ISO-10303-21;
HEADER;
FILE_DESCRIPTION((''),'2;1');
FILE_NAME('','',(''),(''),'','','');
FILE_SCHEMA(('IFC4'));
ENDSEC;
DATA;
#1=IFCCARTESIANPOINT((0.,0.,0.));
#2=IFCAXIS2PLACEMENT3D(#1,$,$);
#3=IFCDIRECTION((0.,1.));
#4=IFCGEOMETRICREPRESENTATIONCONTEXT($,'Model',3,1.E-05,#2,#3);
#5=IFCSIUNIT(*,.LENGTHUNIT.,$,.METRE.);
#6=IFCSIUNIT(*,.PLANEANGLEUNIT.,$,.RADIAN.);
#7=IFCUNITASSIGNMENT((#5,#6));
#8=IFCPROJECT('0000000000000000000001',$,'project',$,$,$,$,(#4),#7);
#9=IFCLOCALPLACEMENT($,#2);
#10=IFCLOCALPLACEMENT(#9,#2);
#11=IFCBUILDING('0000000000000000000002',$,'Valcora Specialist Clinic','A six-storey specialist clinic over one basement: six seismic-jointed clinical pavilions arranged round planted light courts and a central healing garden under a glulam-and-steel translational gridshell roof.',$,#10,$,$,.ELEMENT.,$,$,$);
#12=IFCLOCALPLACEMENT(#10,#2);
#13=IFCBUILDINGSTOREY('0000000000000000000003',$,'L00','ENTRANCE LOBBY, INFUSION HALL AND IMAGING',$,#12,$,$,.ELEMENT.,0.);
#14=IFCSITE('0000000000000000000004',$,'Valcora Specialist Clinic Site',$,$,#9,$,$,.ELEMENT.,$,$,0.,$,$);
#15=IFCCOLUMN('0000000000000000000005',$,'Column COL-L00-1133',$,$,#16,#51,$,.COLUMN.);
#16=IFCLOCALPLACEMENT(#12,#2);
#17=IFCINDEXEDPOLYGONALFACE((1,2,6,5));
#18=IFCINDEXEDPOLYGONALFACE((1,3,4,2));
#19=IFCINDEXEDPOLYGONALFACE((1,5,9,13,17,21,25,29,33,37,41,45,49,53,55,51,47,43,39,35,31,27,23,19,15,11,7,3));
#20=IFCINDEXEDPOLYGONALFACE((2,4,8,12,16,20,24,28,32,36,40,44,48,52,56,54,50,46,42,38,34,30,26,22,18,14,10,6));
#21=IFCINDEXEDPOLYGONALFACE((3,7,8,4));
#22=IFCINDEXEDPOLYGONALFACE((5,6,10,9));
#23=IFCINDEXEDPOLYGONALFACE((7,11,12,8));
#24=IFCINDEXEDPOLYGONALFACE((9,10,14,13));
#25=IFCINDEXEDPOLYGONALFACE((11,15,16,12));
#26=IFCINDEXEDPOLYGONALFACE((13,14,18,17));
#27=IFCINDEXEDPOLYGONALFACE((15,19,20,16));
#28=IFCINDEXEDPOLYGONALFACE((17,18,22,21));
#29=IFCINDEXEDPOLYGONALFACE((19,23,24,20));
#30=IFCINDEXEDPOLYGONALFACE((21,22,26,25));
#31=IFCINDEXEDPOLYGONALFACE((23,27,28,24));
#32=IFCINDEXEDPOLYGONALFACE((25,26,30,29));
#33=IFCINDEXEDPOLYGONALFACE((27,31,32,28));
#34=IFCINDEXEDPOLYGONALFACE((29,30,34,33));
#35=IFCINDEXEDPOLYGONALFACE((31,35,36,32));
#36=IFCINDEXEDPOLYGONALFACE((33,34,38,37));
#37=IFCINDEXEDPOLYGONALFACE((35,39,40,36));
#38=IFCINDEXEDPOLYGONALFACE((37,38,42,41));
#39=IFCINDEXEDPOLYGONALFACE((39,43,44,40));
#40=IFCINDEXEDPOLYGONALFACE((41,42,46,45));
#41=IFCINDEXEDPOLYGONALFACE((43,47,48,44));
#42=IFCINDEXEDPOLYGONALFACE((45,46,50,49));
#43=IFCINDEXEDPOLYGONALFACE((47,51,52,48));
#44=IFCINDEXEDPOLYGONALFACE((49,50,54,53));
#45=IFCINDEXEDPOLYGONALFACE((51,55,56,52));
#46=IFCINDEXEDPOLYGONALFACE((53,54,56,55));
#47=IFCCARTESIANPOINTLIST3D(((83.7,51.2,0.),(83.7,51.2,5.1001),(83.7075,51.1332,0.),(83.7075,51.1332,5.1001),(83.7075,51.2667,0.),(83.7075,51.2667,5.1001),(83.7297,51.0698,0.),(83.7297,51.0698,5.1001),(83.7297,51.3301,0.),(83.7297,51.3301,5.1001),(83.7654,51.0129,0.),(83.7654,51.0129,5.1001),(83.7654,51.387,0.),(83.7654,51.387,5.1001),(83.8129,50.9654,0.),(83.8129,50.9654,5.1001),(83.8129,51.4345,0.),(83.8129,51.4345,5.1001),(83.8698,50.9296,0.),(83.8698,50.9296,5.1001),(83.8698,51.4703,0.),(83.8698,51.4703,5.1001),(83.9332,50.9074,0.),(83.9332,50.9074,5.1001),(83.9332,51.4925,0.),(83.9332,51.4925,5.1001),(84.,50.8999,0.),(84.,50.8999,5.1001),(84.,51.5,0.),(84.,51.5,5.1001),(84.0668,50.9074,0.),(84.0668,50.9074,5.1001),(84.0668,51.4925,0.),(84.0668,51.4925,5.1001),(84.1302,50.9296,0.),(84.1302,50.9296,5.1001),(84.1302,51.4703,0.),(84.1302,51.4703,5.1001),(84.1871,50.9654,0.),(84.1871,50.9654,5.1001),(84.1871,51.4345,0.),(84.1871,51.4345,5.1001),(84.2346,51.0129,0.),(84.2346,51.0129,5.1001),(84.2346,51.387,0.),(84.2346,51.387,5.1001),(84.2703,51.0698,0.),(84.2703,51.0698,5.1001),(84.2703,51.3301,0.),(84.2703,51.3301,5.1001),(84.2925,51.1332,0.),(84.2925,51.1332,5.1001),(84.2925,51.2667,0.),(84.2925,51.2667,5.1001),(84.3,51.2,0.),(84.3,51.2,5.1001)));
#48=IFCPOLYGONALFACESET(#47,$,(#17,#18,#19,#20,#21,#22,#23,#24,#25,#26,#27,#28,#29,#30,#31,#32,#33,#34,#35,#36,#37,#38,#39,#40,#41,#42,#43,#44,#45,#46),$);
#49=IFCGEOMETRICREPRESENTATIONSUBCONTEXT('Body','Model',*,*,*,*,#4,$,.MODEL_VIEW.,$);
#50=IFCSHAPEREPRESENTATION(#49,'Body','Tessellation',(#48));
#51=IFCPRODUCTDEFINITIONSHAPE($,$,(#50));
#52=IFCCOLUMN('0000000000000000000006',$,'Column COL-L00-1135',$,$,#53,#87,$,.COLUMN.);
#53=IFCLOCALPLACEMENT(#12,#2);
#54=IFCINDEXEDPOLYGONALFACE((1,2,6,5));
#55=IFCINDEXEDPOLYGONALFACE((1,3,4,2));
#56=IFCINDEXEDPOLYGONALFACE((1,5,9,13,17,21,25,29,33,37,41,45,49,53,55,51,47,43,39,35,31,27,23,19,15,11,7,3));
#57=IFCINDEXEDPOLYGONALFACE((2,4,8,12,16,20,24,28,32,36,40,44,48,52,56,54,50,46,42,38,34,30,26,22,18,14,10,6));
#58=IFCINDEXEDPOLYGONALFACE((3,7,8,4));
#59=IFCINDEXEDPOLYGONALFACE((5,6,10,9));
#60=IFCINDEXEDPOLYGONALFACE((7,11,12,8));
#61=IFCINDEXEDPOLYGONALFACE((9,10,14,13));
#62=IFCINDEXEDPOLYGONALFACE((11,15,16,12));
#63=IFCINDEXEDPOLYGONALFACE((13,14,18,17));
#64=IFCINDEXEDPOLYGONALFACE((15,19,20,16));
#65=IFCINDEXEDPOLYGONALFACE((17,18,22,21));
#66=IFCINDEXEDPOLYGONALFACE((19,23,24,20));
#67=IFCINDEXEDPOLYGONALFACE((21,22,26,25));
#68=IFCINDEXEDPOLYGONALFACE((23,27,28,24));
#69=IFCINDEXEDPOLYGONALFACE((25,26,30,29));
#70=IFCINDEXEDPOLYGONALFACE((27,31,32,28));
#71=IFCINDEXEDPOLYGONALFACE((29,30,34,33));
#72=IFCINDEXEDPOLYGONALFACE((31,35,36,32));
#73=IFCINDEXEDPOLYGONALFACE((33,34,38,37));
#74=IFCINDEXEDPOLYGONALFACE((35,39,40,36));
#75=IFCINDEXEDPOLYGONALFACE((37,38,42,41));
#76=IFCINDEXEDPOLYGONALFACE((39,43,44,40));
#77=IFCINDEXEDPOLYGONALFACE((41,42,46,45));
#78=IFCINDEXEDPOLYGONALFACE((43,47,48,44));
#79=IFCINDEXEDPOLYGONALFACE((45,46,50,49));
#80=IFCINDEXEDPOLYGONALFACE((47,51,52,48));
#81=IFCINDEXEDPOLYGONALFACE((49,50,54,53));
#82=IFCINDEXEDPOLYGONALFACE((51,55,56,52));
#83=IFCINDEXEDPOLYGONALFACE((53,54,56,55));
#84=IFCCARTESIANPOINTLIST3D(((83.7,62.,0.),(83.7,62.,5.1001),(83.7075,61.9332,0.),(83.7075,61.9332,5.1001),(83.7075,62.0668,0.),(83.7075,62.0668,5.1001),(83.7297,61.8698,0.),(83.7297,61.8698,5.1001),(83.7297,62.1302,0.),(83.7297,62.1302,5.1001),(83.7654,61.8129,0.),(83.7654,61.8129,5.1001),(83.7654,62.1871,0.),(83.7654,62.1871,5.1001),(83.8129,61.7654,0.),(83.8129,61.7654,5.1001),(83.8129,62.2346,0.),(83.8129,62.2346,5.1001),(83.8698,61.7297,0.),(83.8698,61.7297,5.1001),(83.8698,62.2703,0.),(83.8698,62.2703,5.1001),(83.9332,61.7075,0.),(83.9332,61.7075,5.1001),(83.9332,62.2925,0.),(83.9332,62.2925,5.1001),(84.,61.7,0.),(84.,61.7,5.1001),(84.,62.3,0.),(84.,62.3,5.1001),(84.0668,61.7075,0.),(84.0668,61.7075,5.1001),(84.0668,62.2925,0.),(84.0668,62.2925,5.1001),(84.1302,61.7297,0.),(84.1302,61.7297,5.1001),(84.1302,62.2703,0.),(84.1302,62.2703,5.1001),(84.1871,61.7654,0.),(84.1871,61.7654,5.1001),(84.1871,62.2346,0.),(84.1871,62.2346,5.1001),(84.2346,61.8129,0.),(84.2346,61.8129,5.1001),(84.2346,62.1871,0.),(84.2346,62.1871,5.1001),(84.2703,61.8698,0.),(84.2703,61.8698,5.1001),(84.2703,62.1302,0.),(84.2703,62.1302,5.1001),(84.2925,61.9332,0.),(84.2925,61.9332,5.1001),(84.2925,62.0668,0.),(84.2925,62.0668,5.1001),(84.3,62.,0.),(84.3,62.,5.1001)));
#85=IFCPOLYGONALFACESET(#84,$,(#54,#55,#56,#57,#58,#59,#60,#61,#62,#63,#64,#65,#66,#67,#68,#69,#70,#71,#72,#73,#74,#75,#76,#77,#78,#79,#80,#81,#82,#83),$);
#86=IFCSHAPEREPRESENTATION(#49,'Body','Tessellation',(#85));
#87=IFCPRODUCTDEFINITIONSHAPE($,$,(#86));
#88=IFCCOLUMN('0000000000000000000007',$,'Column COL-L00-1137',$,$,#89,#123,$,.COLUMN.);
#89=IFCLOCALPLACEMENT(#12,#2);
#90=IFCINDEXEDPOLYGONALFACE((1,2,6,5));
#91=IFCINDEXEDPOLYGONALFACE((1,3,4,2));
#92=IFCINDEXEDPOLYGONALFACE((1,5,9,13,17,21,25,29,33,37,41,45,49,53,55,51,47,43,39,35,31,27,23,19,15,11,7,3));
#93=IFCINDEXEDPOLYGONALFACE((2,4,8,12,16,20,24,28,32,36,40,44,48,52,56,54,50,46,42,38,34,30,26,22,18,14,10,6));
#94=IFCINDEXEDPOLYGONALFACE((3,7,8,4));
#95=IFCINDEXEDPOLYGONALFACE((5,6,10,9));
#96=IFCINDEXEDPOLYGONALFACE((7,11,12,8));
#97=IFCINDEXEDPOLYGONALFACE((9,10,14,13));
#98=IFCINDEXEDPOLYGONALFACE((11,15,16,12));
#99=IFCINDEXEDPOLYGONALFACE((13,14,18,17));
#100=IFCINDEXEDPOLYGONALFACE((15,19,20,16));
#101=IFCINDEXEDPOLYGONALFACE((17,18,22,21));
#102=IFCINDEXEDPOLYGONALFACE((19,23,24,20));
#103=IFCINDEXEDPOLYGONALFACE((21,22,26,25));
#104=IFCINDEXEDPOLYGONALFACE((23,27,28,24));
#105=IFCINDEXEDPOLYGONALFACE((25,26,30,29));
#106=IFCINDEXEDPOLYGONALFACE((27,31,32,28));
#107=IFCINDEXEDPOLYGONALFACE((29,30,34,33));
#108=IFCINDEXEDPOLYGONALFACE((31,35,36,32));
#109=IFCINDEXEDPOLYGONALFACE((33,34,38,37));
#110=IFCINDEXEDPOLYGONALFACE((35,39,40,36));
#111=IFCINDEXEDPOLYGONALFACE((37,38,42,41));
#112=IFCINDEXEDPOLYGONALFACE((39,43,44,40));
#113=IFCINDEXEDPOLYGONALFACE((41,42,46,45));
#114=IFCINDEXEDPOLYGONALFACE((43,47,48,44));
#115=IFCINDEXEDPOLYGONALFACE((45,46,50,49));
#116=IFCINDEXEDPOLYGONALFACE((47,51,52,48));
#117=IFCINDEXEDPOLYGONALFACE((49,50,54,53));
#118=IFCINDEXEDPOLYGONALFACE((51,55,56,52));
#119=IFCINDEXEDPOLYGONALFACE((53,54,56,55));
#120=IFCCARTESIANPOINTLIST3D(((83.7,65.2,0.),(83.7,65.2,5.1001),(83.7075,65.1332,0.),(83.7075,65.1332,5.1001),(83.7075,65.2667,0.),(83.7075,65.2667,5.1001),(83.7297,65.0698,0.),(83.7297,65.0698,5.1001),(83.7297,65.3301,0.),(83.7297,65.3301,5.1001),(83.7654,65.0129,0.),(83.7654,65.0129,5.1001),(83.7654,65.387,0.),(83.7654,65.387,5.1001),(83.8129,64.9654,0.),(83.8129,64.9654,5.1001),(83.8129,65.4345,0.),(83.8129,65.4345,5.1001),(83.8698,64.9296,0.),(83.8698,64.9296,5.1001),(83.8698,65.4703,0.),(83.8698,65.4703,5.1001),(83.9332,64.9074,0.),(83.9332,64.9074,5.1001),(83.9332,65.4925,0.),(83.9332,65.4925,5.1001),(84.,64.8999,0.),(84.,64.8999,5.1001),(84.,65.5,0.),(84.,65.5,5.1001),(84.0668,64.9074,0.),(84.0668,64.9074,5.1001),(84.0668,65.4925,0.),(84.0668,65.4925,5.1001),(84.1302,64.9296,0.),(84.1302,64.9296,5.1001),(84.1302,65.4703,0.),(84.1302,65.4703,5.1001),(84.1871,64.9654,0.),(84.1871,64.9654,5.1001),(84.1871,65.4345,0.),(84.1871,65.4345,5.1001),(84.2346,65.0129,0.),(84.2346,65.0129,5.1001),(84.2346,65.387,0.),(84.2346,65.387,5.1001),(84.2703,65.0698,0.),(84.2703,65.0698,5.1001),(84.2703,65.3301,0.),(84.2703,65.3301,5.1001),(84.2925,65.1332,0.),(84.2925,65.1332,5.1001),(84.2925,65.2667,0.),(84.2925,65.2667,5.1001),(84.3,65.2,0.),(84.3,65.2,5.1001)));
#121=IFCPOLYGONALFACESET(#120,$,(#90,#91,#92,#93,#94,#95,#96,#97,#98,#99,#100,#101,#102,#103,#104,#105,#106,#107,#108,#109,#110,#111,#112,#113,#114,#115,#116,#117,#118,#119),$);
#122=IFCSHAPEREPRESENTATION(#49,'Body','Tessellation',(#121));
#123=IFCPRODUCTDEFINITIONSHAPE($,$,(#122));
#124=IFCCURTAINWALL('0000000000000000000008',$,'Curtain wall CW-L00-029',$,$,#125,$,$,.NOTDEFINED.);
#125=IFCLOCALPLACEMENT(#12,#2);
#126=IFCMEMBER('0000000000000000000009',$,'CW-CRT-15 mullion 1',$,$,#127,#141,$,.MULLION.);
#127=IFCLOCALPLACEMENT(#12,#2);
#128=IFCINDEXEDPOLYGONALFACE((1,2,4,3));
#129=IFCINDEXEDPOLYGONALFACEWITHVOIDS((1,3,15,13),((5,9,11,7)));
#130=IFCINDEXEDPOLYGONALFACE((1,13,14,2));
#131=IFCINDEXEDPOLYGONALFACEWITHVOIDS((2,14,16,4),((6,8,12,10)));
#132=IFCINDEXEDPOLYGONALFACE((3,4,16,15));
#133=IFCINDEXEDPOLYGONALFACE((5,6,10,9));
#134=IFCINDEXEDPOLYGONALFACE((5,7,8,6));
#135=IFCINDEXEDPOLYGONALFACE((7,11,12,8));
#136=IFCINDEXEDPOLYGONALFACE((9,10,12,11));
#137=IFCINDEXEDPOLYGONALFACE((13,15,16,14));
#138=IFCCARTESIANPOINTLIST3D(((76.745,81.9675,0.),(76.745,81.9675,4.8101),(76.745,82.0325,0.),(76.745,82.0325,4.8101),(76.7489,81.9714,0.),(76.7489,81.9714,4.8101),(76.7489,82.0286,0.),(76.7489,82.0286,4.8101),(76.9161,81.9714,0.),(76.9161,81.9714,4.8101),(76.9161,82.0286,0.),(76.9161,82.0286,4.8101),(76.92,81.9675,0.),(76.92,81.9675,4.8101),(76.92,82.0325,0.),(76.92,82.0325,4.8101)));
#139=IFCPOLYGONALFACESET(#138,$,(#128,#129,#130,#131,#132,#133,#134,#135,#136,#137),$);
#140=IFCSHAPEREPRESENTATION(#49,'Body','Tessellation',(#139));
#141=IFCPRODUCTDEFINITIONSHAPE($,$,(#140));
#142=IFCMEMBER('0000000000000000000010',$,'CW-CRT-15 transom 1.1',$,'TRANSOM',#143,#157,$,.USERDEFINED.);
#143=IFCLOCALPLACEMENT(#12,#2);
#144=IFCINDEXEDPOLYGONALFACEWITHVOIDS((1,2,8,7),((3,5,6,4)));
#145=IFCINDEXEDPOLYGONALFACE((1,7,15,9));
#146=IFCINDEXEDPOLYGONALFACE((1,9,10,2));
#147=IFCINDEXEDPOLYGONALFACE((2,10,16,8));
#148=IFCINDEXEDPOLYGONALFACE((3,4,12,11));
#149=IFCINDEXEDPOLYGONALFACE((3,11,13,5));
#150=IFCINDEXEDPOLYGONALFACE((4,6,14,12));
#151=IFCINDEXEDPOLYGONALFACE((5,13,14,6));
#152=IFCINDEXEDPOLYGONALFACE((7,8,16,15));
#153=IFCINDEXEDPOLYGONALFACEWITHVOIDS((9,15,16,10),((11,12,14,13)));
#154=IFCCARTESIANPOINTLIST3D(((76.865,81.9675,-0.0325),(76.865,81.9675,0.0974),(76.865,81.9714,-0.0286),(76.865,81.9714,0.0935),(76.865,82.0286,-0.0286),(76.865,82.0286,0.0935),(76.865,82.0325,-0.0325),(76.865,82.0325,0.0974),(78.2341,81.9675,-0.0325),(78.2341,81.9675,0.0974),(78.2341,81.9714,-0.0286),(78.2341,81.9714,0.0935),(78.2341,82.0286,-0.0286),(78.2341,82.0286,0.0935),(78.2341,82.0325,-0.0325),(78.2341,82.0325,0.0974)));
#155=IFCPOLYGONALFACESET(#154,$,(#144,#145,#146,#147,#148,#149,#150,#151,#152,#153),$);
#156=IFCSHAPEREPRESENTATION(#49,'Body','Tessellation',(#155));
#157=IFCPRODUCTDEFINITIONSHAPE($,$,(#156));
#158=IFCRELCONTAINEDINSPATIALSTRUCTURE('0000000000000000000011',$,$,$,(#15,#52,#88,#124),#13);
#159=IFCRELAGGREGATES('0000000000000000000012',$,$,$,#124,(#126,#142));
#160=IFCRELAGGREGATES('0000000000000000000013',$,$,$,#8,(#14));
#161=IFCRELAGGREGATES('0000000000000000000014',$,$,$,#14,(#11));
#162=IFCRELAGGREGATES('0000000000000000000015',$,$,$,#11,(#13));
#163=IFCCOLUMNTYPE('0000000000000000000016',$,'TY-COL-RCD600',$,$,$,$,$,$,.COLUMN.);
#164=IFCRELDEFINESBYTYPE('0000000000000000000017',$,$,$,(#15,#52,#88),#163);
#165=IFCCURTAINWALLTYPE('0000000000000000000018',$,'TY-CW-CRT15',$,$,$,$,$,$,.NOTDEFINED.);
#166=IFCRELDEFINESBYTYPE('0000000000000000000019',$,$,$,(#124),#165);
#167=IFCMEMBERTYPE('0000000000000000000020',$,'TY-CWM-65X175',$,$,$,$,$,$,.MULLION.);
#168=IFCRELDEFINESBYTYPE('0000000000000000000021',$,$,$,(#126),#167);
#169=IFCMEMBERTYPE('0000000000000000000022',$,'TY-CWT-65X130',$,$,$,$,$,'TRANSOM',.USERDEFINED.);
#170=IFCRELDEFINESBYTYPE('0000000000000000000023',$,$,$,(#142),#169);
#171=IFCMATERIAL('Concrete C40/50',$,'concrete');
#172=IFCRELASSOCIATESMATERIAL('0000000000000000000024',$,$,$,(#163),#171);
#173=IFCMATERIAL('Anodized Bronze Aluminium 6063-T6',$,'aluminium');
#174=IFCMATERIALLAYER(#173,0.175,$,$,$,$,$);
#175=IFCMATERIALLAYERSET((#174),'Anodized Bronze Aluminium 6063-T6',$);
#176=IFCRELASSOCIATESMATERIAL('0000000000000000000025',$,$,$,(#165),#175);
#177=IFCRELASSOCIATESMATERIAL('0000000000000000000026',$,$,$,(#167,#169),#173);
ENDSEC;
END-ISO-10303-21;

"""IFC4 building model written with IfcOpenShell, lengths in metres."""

from ifc_helpers import new_model, si_unit, direction, frame, origin, origin_2d, place, context, subcontext, project, spatial, hollow_rectangle, circle, extrude, material, layer, layer_set, material_profile, profile_set, type_object, element, aggregate, save


model = new_model("IFC4")

# Units and contexts
model_context = context("Model", 3, precision=1e-05, world=origin(), true_north=direction((0.0, 1.0)))
body_context = subcontext(model_context, "Body", "Model", "MODEL_VIEW")
ifc_project = project(units=[si_unit("LENGTHUNIT", "METRE"), si_unit("PLANEANGLEUNIT", "RADIAN")], contexts=[model_context])

# Site, building, storey
site_placement = place(None, origin())
site = spatial("IfcSite", under=ifc_project, at=site_placement, Name="Valcora Specialist Clinic Site", CompositionType="ELEMENT", RefElevation=0.0)
building_placement = place(site_placement, origin())
building = spatial("IfcBuilding", under=site, at=building_placement, Name="Valcora Specialist Clinic", Description="A six-storey specialist clinic over one basement: six seismic-jointed clinical pavilions arranged round planted light courts and a central healing garden under a glulam-and-steel translational gridshell roof.", CompositionType="ELEMENT")
storey_placement = place(building_placement, origin())
storey = spatial("IfcBuildingStorey", under=building, at=storey_placement, Name="L00", Description="ENTRANCE LOBBY, INFUSION HALL AND IMAGING", CompositionType="ELEMENT", Elevation=0.0)

# Columns
ifc_material_1 = material(Name="Concrete C40/50", Category="concrete")
ifc_material_profile_1 = material_profile(ifc_material_1, circle(Radius=0.3, at=origin_2d()), Name="RC-COL-D600")
ifc_profile_set_1 = profile_set([ifc_material_profile_1], Name="Concrete C40/50")
column_type = type_object("IfcColumnType", Name="TY-COL-RCD600", PredefinedType="COLUMN", material=ifc_profile_set_1)
for number, where, z_axis, x_axis, name in (
    (1, (84.0, 51.2, 0.0), (0.0, 0.0, 1.0), (1.0, 0.0, 0.0), "Column COL-L00-1133"),
    (2, (84.0, 62.0, 0.0), (0.0, 0.0, 1.0), (1.0, 0.0, 0.0), "Column COL-L00-1135"),
    (3, (84.0, 65.2, 0.0), (0.0, 0.0, 1.0), (1.0, 0.0, 0.0), "Column COL-L00-1137"),
):
    element("IfcColumn", number, at=place(storey_placement, frame(where, z_axis=z_axis, x_axis=x_axis)), inside=storey, type_object=column_type, Name=name, PredefinedType="COLUMN", context=body_context, shape_type="SweptSolid", body=[
        extrude(circle(Radius=0.3, at=origin_2d()), origin(), (0.0, 0.0, 1.0), 5.1001),
    ])

# Curtain wall, members
ifc_material_2 = material(Name="Anodized Bronze Aluminium 6063-T6", Category="aluminium")
ifc_layer_1 = layer(ifc_material_2, 0.175)
ifc_layer_set_1 = layer_set([ifc_layer_1], Name="Anodized Bronze Aluminium 6063-T6")
curtain_wall_type = type_object("IfcCurtainWallType", Name="TY-CW-CRT15", PredefinedType="NOTDEFINED", material=ifc_layer_set_1)
curtain_wall_placement = place(storey_placement, origin())
curtain_wall = element("IfcCurtainWall", 4, at=curtain_wall_placement, inside=storey, type_object=curtain_wall_type, Name="Curtain wall CW-L00-029", PredefinedType="NOTDEFINED")
ifc_material_profile_2 = material_profile(ifc_material_2, hollow_rectangle(XDim=0.0649, YDim=0.175, WallThickness=0.0039, at=origin_2d()), Name="AL-MUL-65X175")
ifc_profile_set_2 = profile_set([ifc_material_profile_2], Name="Anodized Bronze Aluminium 6063-T6")
member_type_1 = type_object("IfcMemberType", Name="TY-CWM-65X175", PredefinedType="MULLION", material=ifc_profile_set_2)
member_1_placement = place(storey_placement, frame((76.8325, 82.0, 0.0), z_axis=(0.0, 0.0, 1.0), x_axis=(0.0, 1.0, 0.0)))
member_1 = element("IfcMember", 5, at=member_1_placement, type_object=member_type_1, Name="CW-CRT-15 mullion 1", PredefinedType="MULLION", context=body_context, shape_type="SweptSolid", body=[
    extrude(hollow_rectangle(XDim=0.0649, YDim=0.175, WallThickness=0.0039, at=origin_2d()), origin(), (0.0, 0.0, 1.0), 4.8101),
])
ifc_material_profile_3 = material_profile(ifc_material_2, hollow_rectangle(XDim=0.0649, YDim=0.1299, WallThickness=0.0039, at=origin_2d()), Name="AL-TRN-65X130")
ifc_profile_set_3 = profile_set([ifc_material_profile_3], Name="Anodized Bronze Aluminium 6063-T6")
member_type_2 = type_object("IfcMemberType", Name="TY-CWT-65X130", ElementType="TRANSOM", PredefinedType="USERDEFINED", material=ifc_profile_set_3)
member_2_placement = place(storey_placement, frame((76.865, 82.0, 0.0325), z_axis=(1.0, 0.0, 0.0), x_axis=(0.0, 1.0, 0.0)))
member_2 = element("IfcMember", 6, at=member_2_placement, type_object=member_type_2, Name="CW-CRT-15 transom 1.1", ObjectType="TRANSOM", PredefinedType="USERDEFINED", context=body_context, shape_type="SweptSolid", body=[
    extrude(hollow_rectangle(XDim=0.0649, YDim=0.1299, WallThickness=0.0039, at=origin_2d()), origin(), (0.0, 0.0, 1.0), 1.3691),
])
aggregate(curtain_wall, [member_1, member_2])

save(model, "model.ifc")
